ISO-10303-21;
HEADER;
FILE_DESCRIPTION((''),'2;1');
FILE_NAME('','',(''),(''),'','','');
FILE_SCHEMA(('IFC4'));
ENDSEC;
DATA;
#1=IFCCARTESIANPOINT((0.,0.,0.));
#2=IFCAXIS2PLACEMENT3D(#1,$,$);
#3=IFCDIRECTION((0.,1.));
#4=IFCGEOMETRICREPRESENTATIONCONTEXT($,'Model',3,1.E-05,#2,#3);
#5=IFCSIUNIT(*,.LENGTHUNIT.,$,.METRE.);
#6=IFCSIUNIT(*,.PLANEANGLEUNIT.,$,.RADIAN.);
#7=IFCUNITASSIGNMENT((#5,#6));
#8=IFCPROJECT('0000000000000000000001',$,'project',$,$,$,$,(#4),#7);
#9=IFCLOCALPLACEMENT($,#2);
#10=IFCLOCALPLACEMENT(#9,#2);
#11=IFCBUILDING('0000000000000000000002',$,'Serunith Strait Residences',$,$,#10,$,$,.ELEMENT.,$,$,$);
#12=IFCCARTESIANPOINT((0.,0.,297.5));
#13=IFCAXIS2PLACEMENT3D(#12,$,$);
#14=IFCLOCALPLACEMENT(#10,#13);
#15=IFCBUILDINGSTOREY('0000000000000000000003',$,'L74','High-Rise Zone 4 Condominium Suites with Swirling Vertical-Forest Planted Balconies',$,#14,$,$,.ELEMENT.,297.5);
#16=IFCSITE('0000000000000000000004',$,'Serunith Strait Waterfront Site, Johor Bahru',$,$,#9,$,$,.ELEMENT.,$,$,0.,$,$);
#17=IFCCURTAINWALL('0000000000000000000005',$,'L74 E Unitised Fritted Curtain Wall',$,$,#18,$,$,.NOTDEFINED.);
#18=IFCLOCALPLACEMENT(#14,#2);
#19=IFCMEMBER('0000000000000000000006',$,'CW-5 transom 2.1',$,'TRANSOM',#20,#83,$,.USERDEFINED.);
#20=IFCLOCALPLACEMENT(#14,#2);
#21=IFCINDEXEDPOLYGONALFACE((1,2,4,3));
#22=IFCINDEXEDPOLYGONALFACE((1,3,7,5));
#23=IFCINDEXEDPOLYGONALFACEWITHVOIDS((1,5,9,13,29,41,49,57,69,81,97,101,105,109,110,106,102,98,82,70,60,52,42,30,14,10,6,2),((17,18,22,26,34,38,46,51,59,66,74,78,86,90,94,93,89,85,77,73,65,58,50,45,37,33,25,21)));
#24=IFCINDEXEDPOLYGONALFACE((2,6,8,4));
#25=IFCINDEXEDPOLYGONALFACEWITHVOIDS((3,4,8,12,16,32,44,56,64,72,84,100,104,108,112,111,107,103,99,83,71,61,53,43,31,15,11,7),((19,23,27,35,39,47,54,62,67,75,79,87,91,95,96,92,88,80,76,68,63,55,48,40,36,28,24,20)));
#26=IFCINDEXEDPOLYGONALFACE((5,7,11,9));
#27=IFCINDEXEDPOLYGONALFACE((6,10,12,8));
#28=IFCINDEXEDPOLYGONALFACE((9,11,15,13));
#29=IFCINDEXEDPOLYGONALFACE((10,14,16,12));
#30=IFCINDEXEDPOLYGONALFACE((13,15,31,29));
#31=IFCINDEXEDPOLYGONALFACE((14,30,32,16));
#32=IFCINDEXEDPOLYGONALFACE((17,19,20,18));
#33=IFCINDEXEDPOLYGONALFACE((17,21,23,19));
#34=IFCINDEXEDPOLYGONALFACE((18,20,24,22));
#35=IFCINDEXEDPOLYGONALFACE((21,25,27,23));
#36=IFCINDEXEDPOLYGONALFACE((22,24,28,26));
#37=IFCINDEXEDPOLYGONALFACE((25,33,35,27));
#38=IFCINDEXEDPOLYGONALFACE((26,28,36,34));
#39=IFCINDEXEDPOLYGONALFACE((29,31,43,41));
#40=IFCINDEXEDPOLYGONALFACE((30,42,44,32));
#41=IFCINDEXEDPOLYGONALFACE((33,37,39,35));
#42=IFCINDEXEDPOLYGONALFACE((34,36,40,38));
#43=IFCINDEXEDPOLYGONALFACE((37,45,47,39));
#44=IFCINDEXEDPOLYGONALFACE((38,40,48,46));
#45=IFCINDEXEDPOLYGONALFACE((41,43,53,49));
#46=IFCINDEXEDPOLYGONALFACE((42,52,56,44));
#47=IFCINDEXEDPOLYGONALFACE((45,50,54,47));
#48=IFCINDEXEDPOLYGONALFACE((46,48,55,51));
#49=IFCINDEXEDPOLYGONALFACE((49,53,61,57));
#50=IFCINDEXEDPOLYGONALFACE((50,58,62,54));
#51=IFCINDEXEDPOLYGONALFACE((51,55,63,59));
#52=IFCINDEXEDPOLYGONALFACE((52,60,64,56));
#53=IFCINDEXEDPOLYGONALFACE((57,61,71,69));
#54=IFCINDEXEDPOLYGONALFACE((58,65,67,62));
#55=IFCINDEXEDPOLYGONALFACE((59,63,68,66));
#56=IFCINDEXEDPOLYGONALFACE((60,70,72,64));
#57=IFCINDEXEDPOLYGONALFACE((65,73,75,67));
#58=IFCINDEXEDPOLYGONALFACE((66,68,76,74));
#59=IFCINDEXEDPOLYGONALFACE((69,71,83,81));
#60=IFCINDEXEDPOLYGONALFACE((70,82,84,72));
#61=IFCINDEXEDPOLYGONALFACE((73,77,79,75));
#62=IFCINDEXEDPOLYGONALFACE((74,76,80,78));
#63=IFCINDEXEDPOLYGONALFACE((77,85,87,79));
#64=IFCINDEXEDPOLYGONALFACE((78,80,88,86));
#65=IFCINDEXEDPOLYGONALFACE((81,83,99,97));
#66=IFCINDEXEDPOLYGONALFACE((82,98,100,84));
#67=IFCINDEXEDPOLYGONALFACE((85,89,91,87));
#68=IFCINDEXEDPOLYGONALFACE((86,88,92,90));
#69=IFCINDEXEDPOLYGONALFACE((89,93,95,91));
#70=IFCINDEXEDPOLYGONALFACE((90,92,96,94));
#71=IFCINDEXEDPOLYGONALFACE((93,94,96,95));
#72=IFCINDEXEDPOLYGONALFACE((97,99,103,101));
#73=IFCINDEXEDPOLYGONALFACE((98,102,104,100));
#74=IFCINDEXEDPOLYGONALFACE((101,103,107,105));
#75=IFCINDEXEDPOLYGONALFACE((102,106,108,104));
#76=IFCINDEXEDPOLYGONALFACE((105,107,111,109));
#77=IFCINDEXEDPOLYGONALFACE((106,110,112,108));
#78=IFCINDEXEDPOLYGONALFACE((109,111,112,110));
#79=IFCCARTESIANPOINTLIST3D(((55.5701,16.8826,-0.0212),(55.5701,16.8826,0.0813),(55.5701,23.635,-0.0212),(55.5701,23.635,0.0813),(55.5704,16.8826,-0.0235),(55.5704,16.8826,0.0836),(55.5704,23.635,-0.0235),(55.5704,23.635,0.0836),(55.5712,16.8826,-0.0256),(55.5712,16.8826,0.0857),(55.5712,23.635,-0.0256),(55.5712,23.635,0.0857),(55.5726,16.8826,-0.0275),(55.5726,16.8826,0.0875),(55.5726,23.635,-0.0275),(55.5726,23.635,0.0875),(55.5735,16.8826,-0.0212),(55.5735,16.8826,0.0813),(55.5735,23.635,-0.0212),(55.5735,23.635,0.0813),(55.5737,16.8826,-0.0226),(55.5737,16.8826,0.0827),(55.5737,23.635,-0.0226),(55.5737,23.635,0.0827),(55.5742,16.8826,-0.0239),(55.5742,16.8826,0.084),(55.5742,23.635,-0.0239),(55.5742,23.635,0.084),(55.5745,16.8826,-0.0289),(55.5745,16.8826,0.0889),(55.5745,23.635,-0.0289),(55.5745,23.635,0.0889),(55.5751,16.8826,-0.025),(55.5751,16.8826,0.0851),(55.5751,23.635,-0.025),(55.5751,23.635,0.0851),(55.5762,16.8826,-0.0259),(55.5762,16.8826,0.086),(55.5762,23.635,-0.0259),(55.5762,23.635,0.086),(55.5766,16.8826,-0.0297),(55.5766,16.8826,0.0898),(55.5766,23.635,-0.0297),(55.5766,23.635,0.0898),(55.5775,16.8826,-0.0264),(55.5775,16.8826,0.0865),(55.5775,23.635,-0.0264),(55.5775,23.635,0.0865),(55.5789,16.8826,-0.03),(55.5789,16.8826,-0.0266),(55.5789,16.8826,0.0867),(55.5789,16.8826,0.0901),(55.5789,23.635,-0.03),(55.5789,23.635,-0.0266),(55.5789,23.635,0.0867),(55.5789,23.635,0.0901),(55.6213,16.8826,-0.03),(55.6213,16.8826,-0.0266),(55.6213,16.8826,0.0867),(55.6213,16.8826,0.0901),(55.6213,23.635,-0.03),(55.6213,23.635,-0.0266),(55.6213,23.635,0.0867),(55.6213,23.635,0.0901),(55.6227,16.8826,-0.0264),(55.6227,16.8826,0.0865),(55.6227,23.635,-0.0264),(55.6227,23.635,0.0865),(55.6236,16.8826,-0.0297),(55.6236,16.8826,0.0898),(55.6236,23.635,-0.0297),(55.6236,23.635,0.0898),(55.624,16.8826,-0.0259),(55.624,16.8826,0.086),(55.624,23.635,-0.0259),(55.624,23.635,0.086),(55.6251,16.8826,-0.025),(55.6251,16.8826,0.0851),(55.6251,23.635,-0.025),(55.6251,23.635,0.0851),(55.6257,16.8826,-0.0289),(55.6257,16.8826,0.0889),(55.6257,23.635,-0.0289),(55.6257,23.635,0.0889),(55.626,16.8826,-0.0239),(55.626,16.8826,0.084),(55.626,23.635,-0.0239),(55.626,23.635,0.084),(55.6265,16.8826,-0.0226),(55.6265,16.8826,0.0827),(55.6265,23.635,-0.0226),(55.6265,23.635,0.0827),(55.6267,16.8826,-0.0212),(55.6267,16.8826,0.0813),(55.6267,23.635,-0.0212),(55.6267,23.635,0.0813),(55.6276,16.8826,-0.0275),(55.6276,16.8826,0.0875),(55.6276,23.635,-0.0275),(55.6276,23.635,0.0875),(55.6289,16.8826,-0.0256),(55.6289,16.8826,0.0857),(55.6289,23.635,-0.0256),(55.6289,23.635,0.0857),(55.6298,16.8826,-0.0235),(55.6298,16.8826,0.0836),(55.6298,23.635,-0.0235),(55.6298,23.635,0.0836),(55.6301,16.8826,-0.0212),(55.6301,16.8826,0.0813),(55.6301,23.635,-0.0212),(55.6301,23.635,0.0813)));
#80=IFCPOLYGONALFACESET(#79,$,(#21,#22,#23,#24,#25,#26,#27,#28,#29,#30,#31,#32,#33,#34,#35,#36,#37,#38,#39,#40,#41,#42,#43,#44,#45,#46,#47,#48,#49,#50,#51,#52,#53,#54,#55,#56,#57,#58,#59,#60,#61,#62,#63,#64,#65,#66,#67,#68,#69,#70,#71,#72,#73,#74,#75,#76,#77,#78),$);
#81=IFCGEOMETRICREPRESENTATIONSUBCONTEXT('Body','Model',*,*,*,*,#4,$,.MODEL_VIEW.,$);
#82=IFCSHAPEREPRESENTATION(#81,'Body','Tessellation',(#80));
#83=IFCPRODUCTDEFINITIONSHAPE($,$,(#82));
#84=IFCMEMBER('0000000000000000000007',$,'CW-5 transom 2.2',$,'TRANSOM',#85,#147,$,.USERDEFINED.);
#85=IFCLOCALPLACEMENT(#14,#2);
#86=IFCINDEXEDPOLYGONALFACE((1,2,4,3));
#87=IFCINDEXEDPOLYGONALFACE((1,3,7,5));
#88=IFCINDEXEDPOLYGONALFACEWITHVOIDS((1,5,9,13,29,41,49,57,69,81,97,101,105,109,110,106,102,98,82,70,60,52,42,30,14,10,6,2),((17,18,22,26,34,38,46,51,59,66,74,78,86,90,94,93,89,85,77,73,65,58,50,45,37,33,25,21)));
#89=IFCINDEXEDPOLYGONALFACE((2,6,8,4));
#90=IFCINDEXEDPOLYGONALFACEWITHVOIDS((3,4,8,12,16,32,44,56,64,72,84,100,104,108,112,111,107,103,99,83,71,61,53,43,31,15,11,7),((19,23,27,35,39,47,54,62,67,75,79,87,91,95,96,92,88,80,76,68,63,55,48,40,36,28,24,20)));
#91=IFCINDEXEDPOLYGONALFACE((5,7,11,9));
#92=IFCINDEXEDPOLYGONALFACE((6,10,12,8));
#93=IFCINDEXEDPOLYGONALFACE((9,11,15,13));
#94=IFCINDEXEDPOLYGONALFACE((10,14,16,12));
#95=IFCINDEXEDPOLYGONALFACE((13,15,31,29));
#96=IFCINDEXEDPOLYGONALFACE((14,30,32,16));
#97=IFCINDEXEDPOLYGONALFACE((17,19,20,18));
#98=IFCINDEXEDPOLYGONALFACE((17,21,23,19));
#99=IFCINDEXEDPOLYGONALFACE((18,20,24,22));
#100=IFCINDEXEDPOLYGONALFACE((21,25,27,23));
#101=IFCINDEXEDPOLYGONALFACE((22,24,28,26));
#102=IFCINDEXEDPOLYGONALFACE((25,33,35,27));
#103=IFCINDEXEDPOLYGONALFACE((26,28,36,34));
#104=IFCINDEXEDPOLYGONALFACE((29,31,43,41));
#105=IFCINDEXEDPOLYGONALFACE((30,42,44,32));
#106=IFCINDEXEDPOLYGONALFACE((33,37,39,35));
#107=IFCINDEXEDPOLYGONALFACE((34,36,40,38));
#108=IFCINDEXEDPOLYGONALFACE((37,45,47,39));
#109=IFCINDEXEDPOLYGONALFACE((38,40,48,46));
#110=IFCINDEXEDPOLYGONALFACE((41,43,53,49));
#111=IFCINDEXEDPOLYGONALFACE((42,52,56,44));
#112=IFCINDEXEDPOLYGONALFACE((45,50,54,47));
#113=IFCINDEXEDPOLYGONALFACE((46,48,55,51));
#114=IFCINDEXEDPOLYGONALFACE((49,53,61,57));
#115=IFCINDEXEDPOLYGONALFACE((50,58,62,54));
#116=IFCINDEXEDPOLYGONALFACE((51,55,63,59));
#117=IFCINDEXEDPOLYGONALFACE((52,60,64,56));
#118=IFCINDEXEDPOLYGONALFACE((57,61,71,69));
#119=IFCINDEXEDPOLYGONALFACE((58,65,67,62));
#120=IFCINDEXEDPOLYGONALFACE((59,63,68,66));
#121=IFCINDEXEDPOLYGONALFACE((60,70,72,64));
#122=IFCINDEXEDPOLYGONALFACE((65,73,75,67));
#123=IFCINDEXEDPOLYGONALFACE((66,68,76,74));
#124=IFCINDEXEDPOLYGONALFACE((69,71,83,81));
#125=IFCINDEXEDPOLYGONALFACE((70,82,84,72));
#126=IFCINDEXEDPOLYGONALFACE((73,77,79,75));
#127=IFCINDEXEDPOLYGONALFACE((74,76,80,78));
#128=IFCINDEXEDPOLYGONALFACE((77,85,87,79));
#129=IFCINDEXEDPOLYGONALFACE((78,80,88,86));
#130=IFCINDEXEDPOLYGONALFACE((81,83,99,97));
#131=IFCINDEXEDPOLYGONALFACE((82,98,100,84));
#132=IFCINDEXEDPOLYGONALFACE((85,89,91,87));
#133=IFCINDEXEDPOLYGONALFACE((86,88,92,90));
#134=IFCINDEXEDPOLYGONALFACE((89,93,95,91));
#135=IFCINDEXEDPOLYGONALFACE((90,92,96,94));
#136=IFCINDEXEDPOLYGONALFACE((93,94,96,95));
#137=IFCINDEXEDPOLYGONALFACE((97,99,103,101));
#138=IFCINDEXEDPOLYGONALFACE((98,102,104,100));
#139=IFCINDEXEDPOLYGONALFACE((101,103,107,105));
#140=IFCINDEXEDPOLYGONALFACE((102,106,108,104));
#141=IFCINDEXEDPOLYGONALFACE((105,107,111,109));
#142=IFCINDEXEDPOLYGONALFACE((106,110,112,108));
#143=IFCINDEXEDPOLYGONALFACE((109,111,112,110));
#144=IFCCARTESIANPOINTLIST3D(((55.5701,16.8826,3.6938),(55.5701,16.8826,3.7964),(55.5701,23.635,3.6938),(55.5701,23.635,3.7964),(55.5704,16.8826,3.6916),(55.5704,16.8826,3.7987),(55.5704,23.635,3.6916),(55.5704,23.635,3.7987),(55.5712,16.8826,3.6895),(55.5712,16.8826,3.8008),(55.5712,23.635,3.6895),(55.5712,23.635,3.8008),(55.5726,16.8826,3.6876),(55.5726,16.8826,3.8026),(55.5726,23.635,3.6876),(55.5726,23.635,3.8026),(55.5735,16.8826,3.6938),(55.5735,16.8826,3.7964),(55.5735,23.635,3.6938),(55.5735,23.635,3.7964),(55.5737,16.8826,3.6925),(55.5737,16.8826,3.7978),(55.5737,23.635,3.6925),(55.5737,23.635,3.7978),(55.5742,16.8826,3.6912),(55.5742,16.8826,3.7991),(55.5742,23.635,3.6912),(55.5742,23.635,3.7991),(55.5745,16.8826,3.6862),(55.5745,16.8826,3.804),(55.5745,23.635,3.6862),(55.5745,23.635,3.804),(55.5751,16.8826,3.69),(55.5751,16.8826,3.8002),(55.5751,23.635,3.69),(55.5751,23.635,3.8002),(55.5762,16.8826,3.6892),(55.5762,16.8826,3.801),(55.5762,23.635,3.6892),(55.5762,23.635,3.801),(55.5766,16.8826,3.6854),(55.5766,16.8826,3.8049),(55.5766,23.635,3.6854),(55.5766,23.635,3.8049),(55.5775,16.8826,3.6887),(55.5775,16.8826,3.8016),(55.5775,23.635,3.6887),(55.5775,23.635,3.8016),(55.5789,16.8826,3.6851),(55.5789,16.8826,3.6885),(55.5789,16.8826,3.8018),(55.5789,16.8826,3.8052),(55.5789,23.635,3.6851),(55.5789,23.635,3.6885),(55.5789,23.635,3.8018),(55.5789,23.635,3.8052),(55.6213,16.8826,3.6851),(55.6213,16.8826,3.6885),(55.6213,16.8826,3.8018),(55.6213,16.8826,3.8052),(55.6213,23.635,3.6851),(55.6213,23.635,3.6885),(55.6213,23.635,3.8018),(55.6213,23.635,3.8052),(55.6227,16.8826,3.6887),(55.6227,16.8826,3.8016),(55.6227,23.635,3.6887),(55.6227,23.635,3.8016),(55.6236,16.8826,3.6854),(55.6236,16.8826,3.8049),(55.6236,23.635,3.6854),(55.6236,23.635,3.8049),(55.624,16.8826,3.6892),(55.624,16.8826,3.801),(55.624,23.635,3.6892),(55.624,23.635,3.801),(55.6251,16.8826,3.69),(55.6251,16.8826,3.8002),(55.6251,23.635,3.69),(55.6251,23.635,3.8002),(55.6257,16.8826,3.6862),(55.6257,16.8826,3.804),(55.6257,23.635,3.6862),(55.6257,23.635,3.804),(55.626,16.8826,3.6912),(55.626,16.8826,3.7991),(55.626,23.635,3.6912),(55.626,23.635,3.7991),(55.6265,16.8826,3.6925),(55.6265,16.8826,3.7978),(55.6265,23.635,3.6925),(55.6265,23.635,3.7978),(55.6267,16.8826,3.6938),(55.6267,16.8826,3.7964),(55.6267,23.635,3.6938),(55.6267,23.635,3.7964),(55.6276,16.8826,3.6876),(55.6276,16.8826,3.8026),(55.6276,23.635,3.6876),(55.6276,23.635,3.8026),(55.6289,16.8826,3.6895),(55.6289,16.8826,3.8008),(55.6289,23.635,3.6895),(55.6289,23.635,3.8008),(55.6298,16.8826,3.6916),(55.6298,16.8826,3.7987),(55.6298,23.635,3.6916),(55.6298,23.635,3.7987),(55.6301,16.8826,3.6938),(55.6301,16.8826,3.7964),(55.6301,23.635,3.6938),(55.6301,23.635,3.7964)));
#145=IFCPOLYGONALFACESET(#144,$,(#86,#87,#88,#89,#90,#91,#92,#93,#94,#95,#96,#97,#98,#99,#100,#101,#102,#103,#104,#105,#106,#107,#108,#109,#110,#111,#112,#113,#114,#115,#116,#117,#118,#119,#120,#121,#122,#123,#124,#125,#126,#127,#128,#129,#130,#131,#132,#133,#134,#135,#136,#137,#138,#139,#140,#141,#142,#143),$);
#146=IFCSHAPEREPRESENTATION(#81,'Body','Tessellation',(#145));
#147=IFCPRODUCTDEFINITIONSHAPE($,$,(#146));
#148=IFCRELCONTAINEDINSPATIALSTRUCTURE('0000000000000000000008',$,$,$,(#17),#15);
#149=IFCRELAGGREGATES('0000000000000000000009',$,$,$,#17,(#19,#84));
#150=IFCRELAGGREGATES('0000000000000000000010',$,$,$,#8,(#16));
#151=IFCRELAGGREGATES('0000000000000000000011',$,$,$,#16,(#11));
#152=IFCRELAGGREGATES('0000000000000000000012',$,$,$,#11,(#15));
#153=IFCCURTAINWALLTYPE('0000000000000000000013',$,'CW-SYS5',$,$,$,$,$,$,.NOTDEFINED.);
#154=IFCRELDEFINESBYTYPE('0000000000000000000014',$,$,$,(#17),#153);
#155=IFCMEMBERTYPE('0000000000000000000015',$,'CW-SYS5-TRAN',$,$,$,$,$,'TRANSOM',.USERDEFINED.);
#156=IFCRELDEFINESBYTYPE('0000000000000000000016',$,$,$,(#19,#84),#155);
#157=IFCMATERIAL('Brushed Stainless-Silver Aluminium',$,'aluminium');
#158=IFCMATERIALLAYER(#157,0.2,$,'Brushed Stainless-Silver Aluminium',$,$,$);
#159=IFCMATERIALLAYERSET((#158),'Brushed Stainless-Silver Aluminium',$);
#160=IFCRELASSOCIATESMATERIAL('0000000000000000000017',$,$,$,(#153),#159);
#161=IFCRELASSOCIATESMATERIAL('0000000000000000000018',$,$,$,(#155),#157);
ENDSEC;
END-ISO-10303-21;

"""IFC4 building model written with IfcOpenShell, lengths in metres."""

from ifc_helpers import new_model, si_unit, direction, frame, origin, origin_2d, place, context, subcontext, project, spatial, hollow_rectangle, extrude, source, transform, mapped, material, layer, layer_set, material_profile, profile_set, type_object, element, aggregate, save


model = new_model("IFC4")

# Units and contexts
model_context = context("Model", 3, precision=1e-05, world=origin(), true_north=direction((0.0, 1.0)))
body_context = subcontext(model_context, "Body", "Model", "MODEL_VIEW")
ifc_project = project(units=[si_unit("LENGTHUNIT", "METRE"), si_unit("PLANEANGLEUNIT", "RADIAN")], contexts=[model_context])

# Site, building, storey
site_placement = place(None, origin())
site = spatial("IfcSite", under=ifc_project, at=site_placement, Name="Serunith Strait Waterfront Site, Johor Bahru", CompositionType="ELEMENT", RefElevation=0.0)
building_placement = place(site_placement, origin())
building = spatial("IfcBuilding", under=site, at=building_placement, Name="Serunith Strait Residences", CompositionType="ELEMENT")
storey_placement = place(building_placement, frame((0.0, 0.0, 297.5)))
storey = spatial("IfcBuildingStorey", under=building, at=storey_placement, Name="L74", Description="High-Rise Zone 4 Condominium Suites with Swirling Vertical-Forest Planted Balconies", CompositionType="ELEMENT", Elevation=297.5)

# Curtain wall, members
ifc_material_1 = material(Name="Brushed Stainless-Silver Aluminium", Category="aluminium")
ifc_layer_1 = layer(ifc_material_1, 0.2, Name="Brushed Stainless-Silver Aluminium")
ifc_layer_set_1 = layer_set([ifc_layer_1], Name="Brushed Stainless-Silver Aluminium")
curtain_wall_type = type_object("IfcCurtainWallType", Name="CW-SYS5", PredefinedType="NOTDEFINED", material=ifc_layer_set_1)
curtain_wall_placement = place(storey_placement, origin())
curtain_wall = element("IfcCurtainWall", 1, at=curtain_wall_placement, inside=storey, type_object=curtain_wall_type, Name="L74 E Unitised Fritted Curtain Wall", PredefinedType="NOTDEFINED")
ifc_material_profile_1 = material_profile(ifc_material_1, hollow_rectangle(XDim=0.0601, YDim=0.1201, WallThickness=0.0034, InnerFilletRadius=0.0054, OuterFilletRadius=0.0088, at=origin_2d()), Name="ALU 120x60x3.5")
ifc_profile_set_1 = profile_set([ifc_material_profile_1], Name="Brushed Stainless-Silver Aluminium")
member_type_1 = type_object("IfcMemberType", Name="CW-SYS5-TRAN", ElementType="TRANSOM", PredefinedType="USERDEFINED", material=ifc_profile_set_1)
shared_shape_1 = source(origin(), body_context, "Body", "SweptSolid", [
    extrude(hollow_rectangle(XDim=0.0601, YDim=0.1201, WallThickness=0.0034, InnerFilletRadius=0.0054, OuterFilletRadius=0.0088, at=origin_2d()), origin(), (0.0, 0.0, 1.0), 6.7524),
])
member_1_placement = place(storey_placement, frame((55.6001, 16.8826, 0.03), z_axis=(0.0, 1.0, 0.0), x_axis=(-1.0, 0.0, 0.0)))
member_1 = element("IfcMember", 2, at=member_1_placement, type_object=member_type_1, Name="CW-5 transom 2.1", ObjectType="TRANSOM", PredefinedType="USERDEFINED", context=body_context, shape_type="MappedRepresentation", body=[
    mapped(shared_shape_1, transform((0.0, 0.0, 0.0), scale=1.0)),
])
member_2_placement = place(storey_placement, frame((55.6001, 16.8826, 3.7451), z_axis=(0.0, 1.0, 0.0), x_axis=(-1.0, 0.0, 0.0)))
member_2 = element("IfcMember", 3, at=member_2_placement, type_object=member_type_1, Name="CW-5 transom 2.2", ObjectType="TRANSOM", PredefinedType="USERDEFINED", context=body_context, shape_type="MappedRepresentation", body=[
    mapped(shared_shape_1, transform((0.0, 0.0, 0.0), scale=1.0)),
])
aggregate(curtain_wall, [member_1, member_2])

save(model, "model.ifc")
